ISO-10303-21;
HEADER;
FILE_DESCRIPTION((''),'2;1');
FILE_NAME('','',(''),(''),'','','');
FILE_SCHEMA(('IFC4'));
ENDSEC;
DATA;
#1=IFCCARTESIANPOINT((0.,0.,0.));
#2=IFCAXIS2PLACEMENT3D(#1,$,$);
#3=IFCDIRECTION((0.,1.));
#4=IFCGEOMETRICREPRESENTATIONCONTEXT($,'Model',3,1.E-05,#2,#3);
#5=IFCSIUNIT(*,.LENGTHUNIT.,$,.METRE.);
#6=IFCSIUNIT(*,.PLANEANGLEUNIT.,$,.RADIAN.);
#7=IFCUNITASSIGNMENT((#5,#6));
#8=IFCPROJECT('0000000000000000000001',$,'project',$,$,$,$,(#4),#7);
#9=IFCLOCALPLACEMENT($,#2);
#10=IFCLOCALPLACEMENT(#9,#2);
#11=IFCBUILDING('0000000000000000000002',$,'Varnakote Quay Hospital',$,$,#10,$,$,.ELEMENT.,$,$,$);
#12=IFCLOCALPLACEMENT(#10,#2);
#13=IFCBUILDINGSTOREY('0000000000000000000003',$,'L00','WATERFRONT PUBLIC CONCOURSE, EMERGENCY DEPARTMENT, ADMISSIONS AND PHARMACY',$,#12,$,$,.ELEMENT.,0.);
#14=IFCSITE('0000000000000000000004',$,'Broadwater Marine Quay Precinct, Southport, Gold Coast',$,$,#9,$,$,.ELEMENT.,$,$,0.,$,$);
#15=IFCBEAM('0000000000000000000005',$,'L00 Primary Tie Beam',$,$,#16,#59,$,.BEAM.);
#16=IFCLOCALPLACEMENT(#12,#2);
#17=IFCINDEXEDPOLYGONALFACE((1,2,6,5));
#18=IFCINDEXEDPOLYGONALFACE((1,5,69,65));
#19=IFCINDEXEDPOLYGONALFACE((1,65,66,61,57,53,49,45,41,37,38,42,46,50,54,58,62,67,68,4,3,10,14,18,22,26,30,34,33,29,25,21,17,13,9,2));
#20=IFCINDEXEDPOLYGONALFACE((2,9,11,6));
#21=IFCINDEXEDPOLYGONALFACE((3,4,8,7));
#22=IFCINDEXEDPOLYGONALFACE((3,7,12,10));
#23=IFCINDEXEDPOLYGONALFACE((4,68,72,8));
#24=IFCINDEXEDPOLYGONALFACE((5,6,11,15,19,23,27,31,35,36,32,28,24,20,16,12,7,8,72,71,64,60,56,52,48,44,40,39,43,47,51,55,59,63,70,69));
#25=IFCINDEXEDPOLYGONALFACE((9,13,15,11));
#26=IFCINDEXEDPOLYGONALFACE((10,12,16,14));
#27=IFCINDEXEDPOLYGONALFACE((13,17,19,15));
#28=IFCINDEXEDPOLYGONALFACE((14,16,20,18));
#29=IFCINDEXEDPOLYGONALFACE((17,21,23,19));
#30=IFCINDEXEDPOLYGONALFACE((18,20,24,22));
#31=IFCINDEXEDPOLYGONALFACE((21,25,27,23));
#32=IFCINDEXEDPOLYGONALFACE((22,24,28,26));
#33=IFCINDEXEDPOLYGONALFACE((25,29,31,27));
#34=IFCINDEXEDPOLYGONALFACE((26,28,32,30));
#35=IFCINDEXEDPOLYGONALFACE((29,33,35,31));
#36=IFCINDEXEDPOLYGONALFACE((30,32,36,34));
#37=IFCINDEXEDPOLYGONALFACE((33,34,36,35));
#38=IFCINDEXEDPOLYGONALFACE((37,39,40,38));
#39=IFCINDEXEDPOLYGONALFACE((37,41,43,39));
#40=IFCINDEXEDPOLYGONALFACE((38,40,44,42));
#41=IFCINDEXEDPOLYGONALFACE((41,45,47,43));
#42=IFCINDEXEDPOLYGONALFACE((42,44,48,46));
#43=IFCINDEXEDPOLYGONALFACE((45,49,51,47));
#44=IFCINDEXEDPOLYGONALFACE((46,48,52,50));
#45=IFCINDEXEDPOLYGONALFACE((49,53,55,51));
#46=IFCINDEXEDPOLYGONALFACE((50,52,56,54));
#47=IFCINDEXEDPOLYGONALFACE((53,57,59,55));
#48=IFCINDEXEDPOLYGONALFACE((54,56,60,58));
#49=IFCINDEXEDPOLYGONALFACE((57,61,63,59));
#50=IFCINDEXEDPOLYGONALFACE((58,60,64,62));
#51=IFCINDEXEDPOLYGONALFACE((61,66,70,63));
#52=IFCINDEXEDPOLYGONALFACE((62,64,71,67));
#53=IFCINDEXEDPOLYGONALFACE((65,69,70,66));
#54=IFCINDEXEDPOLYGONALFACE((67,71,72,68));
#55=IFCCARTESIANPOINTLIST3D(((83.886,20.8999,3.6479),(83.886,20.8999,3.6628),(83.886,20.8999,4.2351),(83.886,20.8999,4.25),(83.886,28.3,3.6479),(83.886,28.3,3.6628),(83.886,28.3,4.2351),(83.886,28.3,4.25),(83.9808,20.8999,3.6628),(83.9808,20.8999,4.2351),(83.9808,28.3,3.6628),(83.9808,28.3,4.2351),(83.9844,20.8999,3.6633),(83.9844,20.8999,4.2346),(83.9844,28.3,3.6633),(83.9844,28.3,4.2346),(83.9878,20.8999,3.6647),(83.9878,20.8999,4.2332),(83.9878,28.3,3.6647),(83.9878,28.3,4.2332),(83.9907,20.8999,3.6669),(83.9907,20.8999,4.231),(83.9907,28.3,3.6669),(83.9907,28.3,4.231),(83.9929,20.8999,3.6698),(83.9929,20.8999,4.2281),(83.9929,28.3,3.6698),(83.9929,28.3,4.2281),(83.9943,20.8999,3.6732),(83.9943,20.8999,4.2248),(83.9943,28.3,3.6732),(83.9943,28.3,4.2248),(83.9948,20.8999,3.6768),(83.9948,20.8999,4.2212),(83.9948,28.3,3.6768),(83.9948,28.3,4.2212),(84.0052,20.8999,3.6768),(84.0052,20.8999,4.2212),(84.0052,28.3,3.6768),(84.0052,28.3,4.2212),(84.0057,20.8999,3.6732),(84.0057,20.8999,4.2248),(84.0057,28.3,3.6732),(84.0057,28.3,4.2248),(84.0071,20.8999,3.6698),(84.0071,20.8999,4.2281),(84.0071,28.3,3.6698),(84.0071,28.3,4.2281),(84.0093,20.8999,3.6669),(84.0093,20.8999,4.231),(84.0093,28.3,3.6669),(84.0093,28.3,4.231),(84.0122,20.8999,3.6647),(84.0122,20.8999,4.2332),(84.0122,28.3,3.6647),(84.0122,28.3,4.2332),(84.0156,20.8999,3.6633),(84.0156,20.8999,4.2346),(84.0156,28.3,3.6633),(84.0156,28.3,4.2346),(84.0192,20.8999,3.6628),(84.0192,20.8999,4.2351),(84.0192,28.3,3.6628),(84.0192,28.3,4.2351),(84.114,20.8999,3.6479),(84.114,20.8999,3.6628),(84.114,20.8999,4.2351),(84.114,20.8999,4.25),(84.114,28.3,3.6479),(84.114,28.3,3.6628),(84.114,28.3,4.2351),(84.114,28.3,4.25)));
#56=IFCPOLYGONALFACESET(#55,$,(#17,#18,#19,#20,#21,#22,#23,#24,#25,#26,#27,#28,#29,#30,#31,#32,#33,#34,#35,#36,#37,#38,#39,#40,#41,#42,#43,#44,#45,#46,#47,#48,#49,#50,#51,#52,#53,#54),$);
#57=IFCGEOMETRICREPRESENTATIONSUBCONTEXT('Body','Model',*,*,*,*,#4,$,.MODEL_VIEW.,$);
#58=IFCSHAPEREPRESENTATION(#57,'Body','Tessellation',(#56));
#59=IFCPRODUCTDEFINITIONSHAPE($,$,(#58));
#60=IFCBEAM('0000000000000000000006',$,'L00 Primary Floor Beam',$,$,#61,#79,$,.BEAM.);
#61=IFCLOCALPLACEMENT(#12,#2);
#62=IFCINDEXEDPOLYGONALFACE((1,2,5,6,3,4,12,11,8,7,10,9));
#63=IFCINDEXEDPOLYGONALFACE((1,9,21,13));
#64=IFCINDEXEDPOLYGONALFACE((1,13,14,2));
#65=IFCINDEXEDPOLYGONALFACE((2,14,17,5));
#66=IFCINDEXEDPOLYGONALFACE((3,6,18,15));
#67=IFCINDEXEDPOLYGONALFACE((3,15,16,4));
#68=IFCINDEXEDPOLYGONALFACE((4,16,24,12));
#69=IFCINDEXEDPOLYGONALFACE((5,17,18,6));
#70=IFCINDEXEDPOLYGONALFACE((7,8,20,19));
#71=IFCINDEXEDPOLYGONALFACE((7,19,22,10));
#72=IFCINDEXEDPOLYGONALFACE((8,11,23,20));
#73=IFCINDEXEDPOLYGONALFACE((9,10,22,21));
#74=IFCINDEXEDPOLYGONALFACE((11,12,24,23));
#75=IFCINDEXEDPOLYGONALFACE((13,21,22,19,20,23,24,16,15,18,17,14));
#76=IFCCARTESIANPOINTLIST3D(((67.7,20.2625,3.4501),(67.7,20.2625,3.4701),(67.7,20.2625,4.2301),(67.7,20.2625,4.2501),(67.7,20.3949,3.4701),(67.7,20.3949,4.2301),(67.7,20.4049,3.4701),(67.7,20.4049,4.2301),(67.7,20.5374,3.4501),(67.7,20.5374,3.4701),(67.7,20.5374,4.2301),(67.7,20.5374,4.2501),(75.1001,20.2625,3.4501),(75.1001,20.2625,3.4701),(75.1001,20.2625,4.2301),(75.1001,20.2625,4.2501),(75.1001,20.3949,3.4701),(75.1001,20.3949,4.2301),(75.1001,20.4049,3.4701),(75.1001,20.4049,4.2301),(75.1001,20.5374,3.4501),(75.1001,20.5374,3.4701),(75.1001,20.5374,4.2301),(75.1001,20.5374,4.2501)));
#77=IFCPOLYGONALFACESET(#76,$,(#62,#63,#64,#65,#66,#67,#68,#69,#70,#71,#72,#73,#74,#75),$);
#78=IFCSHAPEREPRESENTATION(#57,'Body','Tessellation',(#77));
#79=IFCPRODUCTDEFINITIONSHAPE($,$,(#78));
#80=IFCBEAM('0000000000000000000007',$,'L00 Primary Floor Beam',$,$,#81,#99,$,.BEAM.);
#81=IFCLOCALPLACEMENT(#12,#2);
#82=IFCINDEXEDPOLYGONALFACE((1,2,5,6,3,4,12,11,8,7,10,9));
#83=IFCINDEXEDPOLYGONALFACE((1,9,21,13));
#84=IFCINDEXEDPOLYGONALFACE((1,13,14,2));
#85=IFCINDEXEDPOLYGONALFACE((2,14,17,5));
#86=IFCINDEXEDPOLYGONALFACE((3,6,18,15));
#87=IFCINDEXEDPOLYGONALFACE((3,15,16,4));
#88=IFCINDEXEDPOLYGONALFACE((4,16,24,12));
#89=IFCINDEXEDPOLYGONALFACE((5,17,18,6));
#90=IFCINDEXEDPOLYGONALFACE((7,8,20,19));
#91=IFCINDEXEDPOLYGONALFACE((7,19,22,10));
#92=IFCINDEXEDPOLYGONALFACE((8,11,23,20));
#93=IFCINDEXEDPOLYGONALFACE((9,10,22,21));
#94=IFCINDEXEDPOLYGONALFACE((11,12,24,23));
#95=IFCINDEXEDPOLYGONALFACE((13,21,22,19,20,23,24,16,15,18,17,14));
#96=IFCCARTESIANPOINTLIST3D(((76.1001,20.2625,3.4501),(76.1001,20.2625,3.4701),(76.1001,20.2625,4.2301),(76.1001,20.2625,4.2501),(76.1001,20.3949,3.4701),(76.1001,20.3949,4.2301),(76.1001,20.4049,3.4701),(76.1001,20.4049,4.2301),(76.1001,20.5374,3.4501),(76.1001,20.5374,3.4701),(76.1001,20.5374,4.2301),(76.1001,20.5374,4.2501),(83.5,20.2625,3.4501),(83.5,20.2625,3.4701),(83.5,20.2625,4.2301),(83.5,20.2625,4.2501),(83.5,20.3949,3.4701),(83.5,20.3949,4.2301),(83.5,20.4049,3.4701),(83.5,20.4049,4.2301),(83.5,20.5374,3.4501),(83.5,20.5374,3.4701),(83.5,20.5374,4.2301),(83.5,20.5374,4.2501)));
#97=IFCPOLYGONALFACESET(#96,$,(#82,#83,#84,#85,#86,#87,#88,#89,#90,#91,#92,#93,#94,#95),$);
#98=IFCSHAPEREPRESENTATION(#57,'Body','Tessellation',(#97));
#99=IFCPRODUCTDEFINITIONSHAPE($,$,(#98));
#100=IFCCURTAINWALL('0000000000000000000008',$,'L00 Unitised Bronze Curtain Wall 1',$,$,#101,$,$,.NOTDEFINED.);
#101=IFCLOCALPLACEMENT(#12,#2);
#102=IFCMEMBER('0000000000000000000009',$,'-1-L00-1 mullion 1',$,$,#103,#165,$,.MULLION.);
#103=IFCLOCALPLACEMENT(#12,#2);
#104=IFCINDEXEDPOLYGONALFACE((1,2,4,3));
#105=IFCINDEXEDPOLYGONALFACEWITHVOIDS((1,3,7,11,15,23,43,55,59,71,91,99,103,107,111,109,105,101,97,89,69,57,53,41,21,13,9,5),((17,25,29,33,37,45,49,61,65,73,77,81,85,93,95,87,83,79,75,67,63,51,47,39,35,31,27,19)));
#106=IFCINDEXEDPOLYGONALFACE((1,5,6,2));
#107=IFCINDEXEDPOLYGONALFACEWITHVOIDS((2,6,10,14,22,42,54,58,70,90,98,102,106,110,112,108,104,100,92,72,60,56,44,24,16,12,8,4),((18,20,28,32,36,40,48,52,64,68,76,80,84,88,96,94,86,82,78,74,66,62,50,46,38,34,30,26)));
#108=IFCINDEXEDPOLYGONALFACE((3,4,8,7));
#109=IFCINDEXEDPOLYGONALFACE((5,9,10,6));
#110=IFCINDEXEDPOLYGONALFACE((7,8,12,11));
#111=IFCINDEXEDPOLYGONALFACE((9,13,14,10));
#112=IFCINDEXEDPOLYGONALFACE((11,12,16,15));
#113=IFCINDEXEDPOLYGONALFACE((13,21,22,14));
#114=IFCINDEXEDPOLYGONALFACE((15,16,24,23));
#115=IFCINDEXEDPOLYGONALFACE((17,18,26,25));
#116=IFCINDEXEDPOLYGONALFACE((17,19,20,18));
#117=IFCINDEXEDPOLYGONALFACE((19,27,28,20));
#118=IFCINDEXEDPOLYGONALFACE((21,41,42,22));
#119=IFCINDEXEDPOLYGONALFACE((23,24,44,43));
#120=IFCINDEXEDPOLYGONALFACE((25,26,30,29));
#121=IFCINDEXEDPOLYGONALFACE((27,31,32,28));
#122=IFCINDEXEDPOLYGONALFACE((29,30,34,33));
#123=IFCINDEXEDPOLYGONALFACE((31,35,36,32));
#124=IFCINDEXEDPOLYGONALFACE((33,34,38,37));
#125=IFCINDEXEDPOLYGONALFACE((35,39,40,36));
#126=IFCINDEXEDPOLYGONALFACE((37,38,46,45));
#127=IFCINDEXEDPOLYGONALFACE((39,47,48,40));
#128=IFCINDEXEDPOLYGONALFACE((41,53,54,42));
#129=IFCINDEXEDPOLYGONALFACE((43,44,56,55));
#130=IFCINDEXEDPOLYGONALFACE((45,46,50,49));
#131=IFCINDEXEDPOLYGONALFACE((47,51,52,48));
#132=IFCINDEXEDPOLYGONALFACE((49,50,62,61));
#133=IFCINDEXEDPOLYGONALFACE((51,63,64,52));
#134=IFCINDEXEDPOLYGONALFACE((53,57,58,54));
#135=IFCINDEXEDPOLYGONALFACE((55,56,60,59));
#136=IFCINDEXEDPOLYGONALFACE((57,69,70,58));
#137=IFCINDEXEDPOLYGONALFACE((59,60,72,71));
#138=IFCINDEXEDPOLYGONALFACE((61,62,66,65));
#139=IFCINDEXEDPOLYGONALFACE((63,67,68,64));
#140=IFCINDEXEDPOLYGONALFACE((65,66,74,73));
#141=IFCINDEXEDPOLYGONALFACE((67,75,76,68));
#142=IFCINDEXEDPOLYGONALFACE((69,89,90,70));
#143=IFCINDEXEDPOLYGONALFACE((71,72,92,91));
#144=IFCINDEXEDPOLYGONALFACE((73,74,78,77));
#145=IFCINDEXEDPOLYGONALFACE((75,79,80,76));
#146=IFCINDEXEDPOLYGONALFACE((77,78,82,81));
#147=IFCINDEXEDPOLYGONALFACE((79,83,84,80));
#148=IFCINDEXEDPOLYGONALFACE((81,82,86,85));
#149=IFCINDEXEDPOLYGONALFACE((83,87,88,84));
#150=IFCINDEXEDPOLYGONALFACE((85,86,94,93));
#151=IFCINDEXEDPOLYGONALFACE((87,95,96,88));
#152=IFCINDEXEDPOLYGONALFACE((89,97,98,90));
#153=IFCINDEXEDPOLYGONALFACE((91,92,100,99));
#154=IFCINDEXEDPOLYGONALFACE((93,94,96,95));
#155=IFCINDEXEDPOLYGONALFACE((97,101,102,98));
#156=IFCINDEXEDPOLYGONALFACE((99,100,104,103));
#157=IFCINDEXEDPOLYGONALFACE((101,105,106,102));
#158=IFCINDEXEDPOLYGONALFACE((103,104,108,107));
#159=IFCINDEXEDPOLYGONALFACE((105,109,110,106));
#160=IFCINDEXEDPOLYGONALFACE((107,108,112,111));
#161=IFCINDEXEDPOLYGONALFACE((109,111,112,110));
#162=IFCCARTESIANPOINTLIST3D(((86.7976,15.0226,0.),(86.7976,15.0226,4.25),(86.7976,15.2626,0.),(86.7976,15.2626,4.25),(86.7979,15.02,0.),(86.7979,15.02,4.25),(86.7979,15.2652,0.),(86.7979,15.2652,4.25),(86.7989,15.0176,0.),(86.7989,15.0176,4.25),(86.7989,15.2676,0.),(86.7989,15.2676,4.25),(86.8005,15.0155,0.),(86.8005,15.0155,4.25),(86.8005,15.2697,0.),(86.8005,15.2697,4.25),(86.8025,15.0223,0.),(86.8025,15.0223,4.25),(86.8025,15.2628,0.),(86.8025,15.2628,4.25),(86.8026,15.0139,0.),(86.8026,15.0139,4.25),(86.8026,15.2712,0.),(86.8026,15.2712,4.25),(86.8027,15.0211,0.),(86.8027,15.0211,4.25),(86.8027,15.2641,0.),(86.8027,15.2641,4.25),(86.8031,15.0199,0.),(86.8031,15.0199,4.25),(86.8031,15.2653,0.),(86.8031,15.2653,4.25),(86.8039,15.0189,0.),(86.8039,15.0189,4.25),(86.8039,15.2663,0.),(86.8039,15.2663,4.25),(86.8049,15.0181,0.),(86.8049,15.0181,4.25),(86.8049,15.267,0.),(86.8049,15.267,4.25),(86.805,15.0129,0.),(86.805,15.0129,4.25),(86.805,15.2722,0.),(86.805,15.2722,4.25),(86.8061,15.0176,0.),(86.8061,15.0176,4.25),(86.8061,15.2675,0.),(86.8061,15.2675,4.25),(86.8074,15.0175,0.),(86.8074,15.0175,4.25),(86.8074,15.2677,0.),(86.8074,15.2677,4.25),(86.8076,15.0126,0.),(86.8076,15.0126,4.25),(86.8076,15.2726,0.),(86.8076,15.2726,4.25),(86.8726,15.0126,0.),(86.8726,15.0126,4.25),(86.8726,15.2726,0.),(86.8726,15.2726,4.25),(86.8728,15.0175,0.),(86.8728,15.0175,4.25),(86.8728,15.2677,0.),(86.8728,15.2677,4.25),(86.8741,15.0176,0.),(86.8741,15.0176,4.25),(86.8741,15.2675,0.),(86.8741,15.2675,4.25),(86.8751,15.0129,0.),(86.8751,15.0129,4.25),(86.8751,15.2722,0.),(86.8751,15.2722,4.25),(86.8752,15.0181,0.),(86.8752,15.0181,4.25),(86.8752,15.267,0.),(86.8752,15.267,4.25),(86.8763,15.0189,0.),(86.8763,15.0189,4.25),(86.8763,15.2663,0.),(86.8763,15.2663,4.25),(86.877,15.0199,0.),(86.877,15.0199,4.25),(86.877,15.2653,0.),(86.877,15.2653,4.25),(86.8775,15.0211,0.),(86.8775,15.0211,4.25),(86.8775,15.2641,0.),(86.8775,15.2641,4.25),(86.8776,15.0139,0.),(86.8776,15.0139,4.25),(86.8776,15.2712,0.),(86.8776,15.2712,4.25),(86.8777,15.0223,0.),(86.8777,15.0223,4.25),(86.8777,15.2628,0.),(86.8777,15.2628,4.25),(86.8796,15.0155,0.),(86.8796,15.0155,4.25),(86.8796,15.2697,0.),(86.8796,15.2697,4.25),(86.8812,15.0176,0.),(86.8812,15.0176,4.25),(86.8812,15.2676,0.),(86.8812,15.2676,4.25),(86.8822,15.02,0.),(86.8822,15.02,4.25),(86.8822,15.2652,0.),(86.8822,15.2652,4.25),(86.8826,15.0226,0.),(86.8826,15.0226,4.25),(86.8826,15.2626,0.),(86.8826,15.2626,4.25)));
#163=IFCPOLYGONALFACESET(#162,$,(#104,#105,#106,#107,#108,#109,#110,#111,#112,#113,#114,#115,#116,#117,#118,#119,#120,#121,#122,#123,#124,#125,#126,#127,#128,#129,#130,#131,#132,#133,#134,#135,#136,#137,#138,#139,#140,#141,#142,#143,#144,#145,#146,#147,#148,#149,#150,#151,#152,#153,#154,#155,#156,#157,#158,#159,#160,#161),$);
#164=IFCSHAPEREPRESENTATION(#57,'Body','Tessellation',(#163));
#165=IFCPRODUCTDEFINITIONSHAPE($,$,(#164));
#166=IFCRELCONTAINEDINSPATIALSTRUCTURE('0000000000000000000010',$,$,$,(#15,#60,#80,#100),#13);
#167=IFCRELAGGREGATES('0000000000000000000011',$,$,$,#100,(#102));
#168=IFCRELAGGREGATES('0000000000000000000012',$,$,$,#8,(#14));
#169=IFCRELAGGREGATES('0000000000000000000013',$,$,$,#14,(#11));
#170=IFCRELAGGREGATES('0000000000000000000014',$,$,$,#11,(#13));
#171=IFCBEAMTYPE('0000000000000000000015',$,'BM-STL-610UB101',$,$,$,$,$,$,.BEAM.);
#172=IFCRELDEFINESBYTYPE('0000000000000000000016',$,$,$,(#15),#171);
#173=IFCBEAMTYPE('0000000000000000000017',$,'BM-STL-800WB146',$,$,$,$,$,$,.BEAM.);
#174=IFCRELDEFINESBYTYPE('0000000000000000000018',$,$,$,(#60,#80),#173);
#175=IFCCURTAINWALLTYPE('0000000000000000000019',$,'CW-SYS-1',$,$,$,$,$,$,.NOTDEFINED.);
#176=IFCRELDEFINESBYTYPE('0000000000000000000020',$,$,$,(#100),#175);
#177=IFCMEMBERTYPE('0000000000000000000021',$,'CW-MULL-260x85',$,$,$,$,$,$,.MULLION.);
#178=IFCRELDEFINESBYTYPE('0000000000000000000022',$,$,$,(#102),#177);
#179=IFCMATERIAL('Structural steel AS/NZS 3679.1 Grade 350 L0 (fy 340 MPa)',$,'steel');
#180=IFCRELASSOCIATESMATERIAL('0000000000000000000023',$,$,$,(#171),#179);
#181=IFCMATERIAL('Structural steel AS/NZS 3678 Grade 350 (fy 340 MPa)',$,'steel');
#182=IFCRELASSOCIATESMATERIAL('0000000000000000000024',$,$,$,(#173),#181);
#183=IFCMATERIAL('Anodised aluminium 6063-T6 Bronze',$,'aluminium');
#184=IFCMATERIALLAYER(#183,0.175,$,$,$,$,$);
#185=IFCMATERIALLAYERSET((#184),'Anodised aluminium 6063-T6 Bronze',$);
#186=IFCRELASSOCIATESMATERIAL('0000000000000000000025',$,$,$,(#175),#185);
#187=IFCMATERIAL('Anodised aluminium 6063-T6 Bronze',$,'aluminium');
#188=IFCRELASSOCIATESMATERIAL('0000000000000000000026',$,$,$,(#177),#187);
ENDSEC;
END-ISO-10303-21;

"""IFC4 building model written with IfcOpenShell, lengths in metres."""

from ifc_helpers import new_model, si_unit, direction, frame, origin, origin_2d, place, context, subcontext, project, spatial, hollow_rectangle, i_section, extrude, material, layer, layer_set, material_profile, profile_set, type_object, element, aggregate, save


model = new_model("IFC4")

# Units and contexts
model_context = context("Model", 3, precision=1e-05, world=origin(), true_north=direction((0.0, 1.0)))
body_context = subcontext(model_context, "Body", "Model", "MODEL_VIEW")
ifc_project = project(units=[si_unit("LENGTHUNIT", "METRE"), si_unit("PLANEANGLEUNIT", "RADIAN")], contexts=[model_context])

# Site, building, storey
site_placement = place(None, origin())
site = spatial("IfcSite", under=ifc_project, at=site_placement, Name="Broadwater Marine Quay Precinct, Southport, Gold Coast", CompositionType="ELEMENT", RefElevation=0.0)
building_placement = place(site_placement, origin())
building = spatial("IfcBuilding", under=site, at=building_placement, Name="Varnakote Quay Hospital", CompositionType="ELEMENT")
storey_placement = place(building_placement, origin())
storey = spatial("IfcBuildingStorey", under=building, at=storey_placement, Name="L00", Description="WATERFRONT PUBLIC CONCOURSE, EMERGENCY DEPARTMENT, ADMISSIONS AND PHARMACY", CompositionType="ELEMENT", Elevation=0.0)

# Beams
ifc_material_1 = material(Name="Structural steel AS/NZS 3679.1 Grade 350 L0 (fy 340 MPa)", Category="steel")
ifc_material_profile_1 = material_profile(ifc_material_1, i_section(OverallWidth=0.228, OverallDepth=0.6021, WebThickness=0.0105, FlangeThickness=0.0149, FilletRadius=0.0139, at=origin_2d()), Name="610UB101")
ifc_profile_set_1 = profile_set([ifc_material_profile_1], Name="Structural steel AS/NZS 3679.1 Grade 350 L0 (fy 340 MPa)")
beam_type_1 = type_object("IfcBeamType", Name="BM-STL-610UB101", PredefinedType="BEAM", material=ifc_profile_set_1)
for number, where, z_axis, x_axis, name in (
    (1, (84.0, 20.8999, 3.949), (0.0, 1.0, 0.0), (-1.0, 0.0, 0.0), "L00 Primary Tie Beam"),
):
    element("IfcBeam", number, at=place(storey_placement, frame(where, z_axis=z_axis, x_axis=x_axis)), inside=storey, type_object=beam_type_1, Name=name, PredefinedType="BEAM", context=body_context, shape_type="SweptSolid", body=[
        extrude(i_section(OverallWidth=0.228, OverallDepth=0.6021, WebThickness=0.0105, FlangeThickness=0.0149, FilletRadius=0.0139, at=origin_2d()), origin(), (0.0, 0.0, 1.0), 7.4001),
    ])
ifc_material_2 = material(Name="Structural steel AS/NZS 3678 Grade 350 (fy 340 MPa)", Category="steel")
ifc_material_profile_2 = material_profile(ifc_material_2, i_section(OverallWidth=0.2749, OverallDepth=0.8, WebThickness=0.01, FlangeThickness=0.02, at=origin_2d()), Name="800WB146")
ifc_profile_set_2 = profile_set([ifc_material_profile_2], Name="Structural steel AS/NZS 3678 Grade 350 (fy 340 MPa)")
beam_type_2 = type_object("IfcBeamType", Name="BM-STL-800WB146", PredefinedType="BEAM", material=ifc_profile_set_2)
beam_1_placement = place(storey_placement, frame((67.7, 20.3999, 3.8501), z_axis=(1.0, 0.0, 0.0), x_axis=(0.0, 1.0, 0.0)))
element("IfcBeam", 2, at=beam_1_placement, inside=storey, type_object=beam_type_2, Name="L00 Primary Floor Beam", PredefinedType="BEAM", context=body_context, shape_type="SweptSolid", body=[
    extrude(i_section(OverallWidth=0.2749, OverallDepth=0.8, WebThickness=0.01, FlangeThickness=0.02, at=origin_2d()), origin(), (0.0, 0.0, 1.0), 7.4001),
])
beam_2_placement = place(storey_placement, frame((76.1001, 20.3999, 3.8501), z_axis=(1.0, 0.0, 0.0), x_axis=(0.0, 1.0, 0.0)))
element("IfcBeam", 3, at=beam_2_placement, inside=storey, type_object=beam_type_2, Name="L00 Primary Floor Beam", PredefinedType="BEAM", context=body_context, shape_type="SweptSolid", body=[
    extrude(i_section(OverallWidth=0.2749, OverallDepth=0.8, WebThickness=0.01, FlangeThickness=0.02, at=origin_2d()), origin(), (0.0, 0.0, 1.0), 7.3999),
])

# Curtain wall, member
ifc_material_3 = material(Name="Anodised aluminium 6063-T6 Bronze", Category="aluminium")
ifc_layer_1 = layer(ifc_material_3, 0.175)
ifc_layer_set_1 = layer_set([ifc_layer_1], Name="Anodised aluminium 6063-T6 Bronze")
curtain_wall_type = type_object("IfcCurtainWallType", Name="CW-SYS-1", PredefinedType="NOTDEFINED", material=ifc_layer_set_1)
curtain_wall_placement = place(storey_placement, origin())
curtain_wall = element("IfcCurtainWall", 4, at=curtain_wall_placement, inside=storey, type_object=curtain_wall_type, Name="L00 Unitised Bronze Curtain Wall 1", PredefinedType="NOTDEFINED")
ifc_material_4 = material(Name="Anodised aluminium 6063-T6 Bronze", Category="aluminium")
ifc_material_profile_3 = material_profile(ifc_material_4, hollow_rectangle(XDim=0.085, YDim=0.26, WallThickness=0.0049, InnerFilletRadius=0.0049, OuterFilletRadius=0.01, at=origin_2d()), Name="CW-MULL-260x85")
ifc_profile_set_3 = profile_set([ifc_material_profile_3], Name="Anodised aluminium 6063-T6 Bronze")
member_type_1 = type_object("IfcMemberType", Name="CW-MULL-260x85", PredefinedType="MULLION", material=ifc_profile_set_3)
member_1_placement = place(storey_placement, frame((86.8401, 15.1426, 0.0), z_axis=(0.0, 0.0, 1.0), x_axis=(-1.0, 0.0, 0.0)))
member_1 = element("IfcMember", 5, at=member_1_placement, type_object=member_type_1, Name="-1-L00-1 mullion 1", PredefinedType="MULLION", context=body_context, shape_type="SweptSolid", body=[
    extrude(hollow_rectangle(XDim=0.085, YDim=0.26, WallThickness=0.0049, InnerFilletRadius=0.0049, OuterFilletRadius=0.01, at=origin_2d()), origin(), (0.0, 0.0, 1.0), 4.25),
])

aggregate(curtain_wall, [member_1])

save(model, "model.ifc")
